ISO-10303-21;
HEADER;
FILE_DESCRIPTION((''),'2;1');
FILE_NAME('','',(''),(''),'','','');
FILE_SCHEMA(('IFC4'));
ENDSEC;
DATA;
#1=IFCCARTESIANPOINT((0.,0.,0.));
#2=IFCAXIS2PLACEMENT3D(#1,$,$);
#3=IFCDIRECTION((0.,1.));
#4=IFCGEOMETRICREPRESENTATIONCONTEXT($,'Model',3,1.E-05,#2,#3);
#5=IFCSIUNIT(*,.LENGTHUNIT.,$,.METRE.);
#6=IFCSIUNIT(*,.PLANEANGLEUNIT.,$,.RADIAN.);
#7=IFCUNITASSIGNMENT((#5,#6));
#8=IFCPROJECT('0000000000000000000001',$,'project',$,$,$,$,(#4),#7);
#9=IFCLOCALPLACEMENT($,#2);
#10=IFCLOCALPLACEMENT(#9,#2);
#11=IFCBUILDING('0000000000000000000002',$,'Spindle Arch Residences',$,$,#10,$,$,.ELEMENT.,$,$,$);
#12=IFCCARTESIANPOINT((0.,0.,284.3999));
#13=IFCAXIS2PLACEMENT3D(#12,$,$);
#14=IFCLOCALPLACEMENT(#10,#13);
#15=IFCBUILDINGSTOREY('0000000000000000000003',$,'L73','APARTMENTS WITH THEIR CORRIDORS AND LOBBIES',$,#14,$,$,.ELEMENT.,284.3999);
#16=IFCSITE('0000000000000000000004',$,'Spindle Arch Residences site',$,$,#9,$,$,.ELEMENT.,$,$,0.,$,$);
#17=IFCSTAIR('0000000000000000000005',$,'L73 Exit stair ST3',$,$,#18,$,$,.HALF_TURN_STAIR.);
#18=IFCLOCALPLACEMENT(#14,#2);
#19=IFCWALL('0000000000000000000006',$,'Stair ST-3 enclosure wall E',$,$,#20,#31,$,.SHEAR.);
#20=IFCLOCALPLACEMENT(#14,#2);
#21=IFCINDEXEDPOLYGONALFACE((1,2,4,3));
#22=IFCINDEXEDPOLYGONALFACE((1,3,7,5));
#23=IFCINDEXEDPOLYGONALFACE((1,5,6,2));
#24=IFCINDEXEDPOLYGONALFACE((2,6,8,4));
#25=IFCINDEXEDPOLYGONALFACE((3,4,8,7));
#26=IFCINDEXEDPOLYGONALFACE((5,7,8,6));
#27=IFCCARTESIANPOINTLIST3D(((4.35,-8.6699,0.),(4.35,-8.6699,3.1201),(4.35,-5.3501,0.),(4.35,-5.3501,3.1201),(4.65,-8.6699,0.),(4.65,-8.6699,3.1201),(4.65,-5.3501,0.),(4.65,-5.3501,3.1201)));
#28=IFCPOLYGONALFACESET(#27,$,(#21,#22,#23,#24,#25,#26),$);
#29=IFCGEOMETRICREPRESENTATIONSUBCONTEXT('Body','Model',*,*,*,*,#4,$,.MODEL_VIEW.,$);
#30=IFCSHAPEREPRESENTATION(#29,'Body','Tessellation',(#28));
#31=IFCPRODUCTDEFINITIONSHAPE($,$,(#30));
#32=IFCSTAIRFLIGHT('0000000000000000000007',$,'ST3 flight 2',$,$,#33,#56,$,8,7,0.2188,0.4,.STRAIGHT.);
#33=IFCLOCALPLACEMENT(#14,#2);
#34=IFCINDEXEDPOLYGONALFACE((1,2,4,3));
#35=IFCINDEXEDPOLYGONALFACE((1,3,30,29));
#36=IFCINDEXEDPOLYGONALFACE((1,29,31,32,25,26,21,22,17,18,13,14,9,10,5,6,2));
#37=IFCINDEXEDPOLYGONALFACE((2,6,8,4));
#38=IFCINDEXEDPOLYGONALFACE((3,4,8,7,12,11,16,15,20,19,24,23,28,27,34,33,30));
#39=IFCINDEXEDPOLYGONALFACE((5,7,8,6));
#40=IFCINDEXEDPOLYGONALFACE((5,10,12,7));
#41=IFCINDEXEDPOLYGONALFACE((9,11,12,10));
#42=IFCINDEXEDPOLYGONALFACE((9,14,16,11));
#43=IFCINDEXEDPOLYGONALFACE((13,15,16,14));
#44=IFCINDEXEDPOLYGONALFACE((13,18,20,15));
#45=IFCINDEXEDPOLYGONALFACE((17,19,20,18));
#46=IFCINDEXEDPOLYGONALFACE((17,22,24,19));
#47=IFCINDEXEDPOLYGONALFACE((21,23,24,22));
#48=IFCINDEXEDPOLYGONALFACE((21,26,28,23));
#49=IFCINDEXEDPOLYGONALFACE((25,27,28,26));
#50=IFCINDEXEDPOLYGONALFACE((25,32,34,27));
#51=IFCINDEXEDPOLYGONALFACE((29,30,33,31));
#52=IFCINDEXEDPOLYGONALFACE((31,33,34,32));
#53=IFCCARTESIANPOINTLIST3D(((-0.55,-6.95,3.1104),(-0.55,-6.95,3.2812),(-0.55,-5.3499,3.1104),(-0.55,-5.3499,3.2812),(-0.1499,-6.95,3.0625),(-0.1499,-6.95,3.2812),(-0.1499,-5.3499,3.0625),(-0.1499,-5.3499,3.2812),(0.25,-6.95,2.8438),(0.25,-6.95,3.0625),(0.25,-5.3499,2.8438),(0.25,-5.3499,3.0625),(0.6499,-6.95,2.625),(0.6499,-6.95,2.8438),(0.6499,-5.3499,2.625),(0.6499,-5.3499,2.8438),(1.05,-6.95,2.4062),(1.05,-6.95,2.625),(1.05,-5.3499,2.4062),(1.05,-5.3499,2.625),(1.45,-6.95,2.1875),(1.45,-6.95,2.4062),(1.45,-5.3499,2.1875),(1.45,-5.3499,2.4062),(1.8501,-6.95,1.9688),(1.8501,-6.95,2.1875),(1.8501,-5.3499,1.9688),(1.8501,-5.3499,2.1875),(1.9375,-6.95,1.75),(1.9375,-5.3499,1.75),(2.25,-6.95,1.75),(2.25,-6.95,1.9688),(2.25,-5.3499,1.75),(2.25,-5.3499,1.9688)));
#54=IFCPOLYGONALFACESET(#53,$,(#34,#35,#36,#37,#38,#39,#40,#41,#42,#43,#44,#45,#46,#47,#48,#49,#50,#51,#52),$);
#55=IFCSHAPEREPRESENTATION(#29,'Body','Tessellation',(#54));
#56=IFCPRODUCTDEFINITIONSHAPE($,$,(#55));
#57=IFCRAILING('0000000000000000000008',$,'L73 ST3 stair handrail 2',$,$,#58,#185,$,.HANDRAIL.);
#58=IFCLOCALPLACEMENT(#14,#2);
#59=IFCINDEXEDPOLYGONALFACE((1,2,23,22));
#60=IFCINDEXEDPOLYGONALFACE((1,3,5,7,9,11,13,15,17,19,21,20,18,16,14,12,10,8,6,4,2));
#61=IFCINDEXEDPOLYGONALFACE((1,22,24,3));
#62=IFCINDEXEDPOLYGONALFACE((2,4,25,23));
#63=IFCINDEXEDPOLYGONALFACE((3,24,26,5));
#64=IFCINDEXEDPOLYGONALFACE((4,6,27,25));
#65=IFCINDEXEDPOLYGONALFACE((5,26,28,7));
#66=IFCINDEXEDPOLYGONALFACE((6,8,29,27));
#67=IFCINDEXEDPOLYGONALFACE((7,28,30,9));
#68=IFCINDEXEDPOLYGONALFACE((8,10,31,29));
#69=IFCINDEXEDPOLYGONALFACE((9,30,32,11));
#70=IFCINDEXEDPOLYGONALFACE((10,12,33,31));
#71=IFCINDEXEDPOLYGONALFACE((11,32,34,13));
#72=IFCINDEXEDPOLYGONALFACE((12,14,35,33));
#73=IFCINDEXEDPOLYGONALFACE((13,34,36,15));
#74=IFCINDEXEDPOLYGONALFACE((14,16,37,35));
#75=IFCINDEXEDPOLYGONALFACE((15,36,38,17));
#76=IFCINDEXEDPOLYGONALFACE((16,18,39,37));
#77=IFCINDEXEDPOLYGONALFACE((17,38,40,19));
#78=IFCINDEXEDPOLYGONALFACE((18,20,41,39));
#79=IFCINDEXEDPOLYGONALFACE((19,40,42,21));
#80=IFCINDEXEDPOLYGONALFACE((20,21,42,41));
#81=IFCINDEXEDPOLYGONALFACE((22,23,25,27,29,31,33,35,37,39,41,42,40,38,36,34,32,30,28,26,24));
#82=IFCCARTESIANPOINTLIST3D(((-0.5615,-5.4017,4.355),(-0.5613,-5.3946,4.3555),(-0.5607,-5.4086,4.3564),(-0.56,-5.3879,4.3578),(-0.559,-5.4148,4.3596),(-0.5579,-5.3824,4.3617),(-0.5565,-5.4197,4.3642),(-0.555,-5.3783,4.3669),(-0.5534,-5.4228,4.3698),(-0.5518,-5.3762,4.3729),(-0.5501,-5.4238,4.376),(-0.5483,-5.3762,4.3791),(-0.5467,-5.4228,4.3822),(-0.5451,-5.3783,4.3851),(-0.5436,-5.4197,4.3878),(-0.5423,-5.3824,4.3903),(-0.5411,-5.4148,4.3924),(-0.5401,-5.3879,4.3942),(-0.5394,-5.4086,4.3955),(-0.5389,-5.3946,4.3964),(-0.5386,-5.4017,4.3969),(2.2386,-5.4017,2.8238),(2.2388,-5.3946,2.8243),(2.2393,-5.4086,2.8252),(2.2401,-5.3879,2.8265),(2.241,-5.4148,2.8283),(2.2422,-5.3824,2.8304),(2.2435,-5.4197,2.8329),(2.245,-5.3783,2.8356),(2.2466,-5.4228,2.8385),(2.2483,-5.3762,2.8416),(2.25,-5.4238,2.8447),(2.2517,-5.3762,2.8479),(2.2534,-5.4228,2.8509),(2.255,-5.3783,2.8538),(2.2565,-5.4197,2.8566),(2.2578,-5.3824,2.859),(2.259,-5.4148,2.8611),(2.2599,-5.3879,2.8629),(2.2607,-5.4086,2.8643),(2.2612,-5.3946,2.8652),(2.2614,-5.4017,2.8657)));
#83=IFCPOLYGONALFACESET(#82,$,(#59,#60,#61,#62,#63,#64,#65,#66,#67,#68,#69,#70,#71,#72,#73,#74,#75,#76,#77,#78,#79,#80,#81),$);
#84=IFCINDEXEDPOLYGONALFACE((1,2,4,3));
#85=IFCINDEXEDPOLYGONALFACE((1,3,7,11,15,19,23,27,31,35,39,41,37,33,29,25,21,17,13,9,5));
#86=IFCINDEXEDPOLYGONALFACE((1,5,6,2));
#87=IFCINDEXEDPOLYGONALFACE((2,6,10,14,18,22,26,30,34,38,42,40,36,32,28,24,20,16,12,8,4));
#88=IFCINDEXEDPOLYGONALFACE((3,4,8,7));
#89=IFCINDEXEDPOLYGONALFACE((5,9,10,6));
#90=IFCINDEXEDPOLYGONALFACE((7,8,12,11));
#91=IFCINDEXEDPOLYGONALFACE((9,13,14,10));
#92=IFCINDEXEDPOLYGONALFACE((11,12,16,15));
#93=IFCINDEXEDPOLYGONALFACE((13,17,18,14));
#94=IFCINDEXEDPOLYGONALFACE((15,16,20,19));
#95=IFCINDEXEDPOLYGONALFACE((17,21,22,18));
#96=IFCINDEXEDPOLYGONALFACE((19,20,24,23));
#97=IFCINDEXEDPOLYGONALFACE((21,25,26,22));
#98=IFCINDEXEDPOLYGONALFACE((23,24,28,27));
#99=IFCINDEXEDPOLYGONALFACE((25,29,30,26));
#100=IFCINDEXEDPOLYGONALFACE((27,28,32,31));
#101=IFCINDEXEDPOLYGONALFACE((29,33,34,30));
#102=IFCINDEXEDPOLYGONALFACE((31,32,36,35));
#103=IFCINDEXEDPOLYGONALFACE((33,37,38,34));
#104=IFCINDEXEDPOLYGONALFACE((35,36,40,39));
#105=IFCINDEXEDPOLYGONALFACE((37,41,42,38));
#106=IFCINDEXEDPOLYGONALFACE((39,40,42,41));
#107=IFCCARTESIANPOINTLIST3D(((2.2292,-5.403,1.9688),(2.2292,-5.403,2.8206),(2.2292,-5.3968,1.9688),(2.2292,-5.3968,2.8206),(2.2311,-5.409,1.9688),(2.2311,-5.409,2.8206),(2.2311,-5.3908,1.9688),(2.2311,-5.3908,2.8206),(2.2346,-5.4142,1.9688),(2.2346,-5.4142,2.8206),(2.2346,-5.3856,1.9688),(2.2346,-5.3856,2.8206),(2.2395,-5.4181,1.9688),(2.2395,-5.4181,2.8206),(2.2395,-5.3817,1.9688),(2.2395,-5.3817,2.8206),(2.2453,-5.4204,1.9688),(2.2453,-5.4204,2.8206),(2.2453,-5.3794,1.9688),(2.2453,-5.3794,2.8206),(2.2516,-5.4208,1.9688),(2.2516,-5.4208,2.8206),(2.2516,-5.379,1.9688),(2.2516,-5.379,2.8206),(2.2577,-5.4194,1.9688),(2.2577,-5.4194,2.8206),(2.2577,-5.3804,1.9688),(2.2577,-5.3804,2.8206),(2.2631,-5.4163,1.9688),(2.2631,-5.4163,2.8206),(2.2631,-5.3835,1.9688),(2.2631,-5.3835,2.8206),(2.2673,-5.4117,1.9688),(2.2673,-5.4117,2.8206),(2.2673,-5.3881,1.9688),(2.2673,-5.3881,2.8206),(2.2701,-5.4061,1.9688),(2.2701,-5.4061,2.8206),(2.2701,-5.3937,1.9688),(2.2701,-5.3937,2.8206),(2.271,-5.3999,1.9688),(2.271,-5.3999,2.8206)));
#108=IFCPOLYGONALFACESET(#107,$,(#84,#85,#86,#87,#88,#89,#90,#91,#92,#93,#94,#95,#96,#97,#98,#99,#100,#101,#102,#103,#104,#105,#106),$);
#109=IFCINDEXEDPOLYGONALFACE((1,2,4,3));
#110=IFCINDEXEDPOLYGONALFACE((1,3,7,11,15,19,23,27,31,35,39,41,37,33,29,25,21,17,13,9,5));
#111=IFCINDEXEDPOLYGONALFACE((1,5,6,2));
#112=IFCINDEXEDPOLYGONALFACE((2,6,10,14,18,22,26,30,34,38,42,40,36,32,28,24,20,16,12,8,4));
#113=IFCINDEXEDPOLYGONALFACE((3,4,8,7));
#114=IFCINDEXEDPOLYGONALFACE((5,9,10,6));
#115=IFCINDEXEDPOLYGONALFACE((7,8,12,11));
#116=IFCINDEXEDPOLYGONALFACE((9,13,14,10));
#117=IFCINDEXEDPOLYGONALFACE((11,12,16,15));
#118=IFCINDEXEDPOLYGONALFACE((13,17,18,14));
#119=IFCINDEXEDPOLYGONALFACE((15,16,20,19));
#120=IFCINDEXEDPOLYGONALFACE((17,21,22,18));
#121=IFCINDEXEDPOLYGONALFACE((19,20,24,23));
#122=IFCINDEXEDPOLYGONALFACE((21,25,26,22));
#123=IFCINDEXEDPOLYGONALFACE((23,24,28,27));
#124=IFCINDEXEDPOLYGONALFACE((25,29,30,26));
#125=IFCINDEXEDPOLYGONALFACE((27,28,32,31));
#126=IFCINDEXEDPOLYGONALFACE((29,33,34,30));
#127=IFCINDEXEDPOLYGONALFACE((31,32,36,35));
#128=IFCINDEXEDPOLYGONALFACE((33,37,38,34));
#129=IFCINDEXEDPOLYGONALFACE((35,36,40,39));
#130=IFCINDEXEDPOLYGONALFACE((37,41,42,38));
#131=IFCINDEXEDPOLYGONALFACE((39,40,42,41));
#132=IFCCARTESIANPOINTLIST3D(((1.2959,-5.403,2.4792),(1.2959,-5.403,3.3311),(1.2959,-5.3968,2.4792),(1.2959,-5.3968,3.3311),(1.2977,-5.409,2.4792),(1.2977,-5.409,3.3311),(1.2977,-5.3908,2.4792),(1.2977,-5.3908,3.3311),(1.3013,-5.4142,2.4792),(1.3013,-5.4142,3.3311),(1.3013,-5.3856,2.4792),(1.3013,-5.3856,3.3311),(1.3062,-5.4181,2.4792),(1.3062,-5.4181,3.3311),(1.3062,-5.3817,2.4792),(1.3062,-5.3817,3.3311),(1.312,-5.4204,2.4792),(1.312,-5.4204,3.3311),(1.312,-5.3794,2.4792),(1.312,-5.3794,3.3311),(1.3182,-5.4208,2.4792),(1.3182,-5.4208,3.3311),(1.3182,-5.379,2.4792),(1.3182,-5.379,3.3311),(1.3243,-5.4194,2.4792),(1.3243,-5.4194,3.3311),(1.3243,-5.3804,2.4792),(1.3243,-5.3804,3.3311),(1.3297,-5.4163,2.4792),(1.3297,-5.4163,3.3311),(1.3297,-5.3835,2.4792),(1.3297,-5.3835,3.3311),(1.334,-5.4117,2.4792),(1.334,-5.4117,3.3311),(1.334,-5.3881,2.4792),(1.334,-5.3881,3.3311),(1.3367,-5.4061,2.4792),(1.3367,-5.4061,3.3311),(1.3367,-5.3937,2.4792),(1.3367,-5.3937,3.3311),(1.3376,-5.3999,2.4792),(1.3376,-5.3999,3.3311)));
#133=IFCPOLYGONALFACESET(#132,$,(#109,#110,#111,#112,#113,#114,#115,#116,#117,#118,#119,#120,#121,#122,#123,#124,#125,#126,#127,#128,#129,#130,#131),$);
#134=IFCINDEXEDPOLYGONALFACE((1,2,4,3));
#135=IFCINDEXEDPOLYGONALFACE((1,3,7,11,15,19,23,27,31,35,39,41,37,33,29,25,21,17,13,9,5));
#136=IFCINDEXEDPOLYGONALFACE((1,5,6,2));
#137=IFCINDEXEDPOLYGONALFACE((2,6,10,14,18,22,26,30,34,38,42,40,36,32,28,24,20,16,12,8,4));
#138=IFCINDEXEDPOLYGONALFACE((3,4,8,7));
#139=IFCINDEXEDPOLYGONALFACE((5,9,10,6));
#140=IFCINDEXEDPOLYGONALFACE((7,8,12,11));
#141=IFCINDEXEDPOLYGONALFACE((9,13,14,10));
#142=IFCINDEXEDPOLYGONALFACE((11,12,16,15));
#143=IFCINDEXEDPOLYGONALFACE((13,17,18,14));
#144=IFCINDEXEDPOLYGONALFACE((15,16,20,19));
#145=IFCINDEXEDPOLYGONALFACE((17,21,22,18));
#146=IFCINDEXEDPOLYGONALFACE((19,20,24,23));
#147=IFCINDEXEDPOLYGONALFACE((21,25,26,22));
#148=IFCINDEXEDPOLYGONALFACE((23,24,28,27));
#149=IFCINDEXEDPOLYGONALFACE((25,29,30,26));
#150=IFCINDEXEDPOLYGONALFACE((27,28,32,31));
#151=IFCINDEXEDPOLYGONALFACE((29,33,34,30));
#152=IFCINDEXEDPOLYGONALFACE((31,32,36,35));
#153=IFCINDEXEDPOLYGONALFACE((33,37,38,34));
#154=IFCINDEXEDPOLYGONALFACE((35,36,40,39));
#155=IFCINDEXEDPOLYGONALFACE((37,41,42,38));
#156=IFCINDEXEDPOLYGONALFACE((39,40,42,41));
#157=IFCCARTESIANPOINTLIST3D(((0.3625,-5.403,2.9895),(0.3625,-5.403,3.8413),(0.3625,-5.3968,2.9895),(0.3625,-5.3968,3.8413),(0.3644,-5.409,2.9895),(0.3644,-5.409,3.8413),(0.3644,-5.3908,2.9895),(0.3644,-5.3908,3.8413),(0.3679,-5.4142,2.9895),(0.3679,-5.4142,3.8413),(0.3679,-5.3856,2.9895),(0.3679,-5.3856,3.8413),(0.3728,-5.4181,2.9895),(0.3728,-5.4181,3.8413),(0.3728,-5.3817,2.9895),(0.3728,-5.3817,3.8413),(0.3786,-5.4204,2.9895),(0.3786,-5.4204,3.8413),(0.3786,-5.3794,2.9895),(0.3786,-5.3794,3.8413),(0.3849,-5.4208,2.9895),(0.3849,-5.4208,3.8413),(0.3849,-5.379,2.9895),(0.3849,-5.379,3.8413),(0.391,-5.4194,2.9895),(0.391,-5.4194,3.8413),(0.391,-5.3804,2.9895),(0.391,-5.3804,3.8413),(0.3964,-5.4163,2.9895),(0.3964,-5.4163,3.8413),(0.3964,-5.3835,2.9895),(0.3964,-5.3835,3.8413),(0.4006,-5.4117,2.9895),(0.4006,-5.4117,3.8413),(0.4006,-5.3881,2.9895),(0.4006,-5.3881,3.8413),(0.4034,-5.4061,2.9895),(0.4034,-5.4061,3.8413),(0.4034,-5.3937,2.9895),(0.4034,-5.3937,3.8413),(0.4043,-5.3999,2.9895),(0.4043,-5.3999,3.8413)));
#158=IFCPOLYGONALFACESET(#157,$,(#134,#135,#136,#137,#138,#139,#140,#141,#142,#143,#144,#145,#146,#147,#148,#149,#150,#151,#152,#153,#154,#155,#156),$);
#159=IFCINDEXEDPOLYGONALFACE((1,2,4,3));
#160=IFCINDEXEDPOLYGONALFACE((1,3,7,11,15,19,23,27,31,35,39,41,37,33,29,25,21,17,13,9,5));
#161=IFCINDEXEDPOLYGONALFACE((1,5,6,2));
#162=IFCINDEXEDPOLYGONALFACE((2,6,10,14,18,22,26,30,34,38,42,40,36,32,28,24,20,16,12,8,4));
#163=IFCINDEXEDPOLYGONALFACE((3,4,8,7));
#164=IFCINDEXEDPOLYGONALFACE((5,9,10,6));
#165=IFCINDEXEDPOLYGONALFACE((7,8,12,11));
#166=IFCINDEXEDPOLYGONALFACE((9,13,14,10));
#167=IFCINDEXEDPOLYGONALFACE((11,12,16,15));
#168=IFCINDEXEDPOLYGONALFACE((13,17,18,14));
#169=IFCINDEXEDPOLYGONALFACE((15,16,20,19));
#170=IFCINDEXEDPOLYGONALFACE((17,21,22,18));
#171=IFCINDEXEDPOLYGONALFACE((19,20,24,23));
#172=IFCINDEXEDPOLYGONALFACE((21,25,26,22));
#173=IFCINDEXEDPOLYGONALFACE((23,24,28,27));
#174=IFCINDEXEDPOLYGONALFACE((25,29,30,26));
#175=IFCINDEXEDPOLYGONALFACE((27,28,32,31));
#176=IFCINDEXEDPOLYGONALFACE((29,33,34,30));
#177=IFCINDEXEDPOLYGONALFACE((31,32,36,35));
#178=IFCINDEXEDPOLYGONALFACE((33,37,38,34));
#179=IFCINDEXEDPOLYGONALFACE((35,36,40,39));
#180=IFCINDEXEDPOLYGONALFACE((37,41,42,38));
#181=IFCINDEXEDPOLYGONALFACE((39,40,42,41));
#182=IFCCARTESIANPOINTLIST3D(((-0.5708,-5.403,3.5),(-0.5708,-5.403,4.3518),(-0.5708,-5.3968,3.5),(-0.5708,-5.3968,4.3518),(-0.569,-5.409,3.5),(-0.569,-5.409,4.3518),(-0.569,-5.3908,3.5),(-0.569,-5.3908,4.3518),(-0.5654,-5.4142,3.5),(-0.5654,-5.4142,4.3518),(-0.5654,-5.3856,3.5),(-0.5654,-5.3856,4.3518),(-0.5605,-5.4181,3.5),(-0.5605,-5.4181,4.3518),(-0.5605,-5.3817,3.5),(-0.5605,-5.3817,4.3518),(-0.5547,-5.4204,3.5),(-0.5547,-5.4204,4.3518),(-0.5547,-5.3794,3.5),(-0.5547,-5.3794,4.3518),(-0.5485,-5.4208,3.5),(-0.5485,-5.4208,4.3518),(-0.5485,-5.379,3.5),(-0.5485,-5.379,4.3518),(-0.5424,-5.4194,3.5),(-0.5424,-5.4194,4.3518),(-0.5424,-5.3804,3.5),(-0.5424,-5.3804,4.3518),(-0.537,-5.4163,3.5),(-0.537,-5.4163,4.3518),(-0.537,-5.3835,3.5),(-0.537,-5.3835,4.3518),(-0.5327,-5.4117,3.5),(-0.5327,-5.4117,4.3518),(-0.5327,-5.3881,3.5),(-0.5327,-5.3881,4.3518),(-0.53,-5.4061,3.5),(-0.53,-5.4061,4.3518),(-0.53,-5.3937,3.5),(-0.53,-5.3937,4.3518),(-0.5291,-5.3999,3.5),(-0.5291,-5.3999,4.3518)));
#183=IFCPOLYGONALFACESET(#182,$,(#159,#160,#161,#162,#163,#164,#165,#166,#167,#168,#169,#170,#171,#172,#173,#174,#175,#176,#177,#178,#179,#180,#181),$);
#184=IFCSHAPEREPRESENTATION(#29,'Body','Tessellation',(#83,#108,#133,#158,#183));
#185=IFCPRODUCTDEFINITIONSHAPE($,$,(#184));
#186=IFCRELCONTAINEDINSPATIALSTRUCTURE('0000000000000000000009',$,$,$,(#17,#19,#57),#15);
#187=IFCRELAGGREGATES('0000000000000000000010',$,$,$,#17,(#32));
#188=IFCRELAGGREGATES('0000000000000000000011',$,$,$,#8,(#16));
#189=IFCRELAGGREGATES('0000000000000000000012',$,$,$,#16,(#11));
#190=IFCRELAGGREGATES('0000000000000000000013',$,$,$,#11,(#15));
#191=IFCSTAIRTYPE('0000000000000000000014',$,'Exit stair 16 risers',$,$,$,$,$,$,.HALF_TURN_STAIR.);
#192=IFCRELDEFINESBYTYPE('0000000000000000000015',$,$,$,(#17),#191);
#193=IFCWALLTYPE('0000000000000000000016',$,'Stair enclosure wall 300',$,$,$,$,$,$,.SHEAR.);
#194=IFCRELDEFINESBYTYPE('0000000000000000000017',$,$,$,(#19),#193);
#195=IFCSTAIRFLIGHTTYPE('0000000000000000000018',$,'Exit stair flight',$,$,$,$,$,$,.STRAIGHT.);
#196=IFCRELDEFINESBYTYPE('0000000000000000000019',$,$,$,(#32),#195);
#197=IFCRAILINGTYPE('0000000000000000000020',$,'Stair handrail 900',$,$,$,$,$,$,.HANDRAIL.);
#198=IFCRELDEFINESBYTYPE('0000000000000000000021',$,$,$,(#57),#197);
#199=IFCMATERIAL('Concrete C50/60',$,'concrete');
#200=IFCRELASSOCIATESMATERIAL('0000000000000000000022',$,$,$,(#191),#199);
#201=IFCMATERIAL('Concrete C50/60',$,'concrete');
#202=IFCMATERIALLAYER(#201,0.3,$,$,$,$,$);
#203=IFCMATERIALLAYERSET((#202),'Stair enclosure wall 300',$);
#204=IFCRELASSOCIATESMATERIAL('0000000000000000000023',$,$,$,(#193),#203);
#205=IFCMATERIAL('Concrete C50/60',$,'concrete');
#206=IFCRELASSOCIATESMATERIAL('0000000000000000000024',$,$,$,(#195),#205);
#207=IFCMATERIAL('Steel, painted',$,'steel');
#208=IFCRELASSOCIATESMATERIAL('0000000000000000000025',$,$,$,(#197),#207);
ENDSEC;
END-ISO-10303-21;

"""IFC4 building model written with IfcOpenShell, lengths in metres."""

from ifc_helpers import new_model, si_unit, direction, frame, frame_2d, origin, origin_2d, place, context, subcontext, project, spatial, polyline, rectangle, circle, outline, extrude, material, layer, layer_set, type_object, element, aggregate, save


model = new_model("IFC4")

# Units and contexts
model_context = context("Model", 3, precision=1e-05, world=origin(), true_north=direction((0.0, 1.0)))
body_context = subcontext(model_context, "Body", "Model", "MODEL_VIEW")
ifc_project = project(units=[si_unit("LENGTHUNIT", "METRE"), si_unit("PLANEANGLEUNIT", "RADIAN")], contexts=[model_context])

# Site, building, storey
site_placement = place(None, origin())
site = spatial("IfcSite", under=ifc_project, at=site_placement, Name="Spindle Arch Residences site", CompositionType="ELEMENT", RefElevation=0.0)
building_placement = place(site_placement, origin())
building = spatial("IfcBuilding", under=site, at=building_placement, Name="Spindle Arch Residences", CompositionType="ELEMENT")
storey_placement = place(building_placement, frame((0.0, 0.0, 284.3999)))
storey = spatial("IfcBuildingStorey", under=building, at=storey_placement, Name="L73", Description="APARTMENTS WITH THEIR CORRIDORS AND LOBBIES", CompositionType="ELEMENT", Elevation=284.3999)

# Stair
ifc_material_1 = material(Name="Concrete C50/60", Category="concrete")
stair_type = type_object("IfcStairType", Name="Exit stair 16 risers", PredefinedType="HALF_TURN_STAIR", material=ifc_material_1)
stair_1_placement = place(storey_placement, origin())
stair_1 = element("IfcStair", 1, at=stair_1_placement, inside=storey, type_object=stair_type, Name="L73 Exit stair ST3", PredefinedType="HALF_TURN_STAIR")

# Wall
ifc_material_2 = material(Name="Concrete C50/60", Category="concrete")
ifc_layer_1 = layer(ifc_material_2, 0.3)
ifc_layer_set_1 = layer_set([ifc_layer_1], Name="Stair enclosure wall 300")
wall_type_1 = type_object("IfcWallType", Name="Stair enclosure wall 300", PredefinedType="SHEAR", material=ifc_layer_set_1)
wall_1_placement = place(storey_placement, frame((4.5, -8.6699, 0.0), z_axis=(0.0, 0.0, 1.0), x_axis=(0.0, 1.0, 0.0)))
element("IfcWall", 2, at=wall_1_placement, inside=storey, type_object=wall_type_1, Name="Stair ST-3 enclosure wall E", PredefinedType="SHEAR", context=body_context, shape_type="SweptSolid", body=[
    extrude(rectangle(XDim=3.3198, YDim=0.3, at=frame_2d((1.6599, 0.0))), origin(), (0.0, 0.0, 1.0), 3.1201),
])

# Stair flight
ifc_material_3 = material(Name="Concrete C50/60", Category="concrete")
stair_flight_type = type_object("IfcStairFlightType", Name="Exit stair flight", PredefinedType="STRAIGHT", material=ifc_material_3)
stair_flight_placement = place(storey_placement, frame((2.25, -6.1499, 1.75), z_axis=(0.0, 0.0, 1.0), x_axis=(-1.0, 0.0, 0.0)))
stair_flight = element("IfcStairFlight", 3, at=stair_flight_placement, type_object=stair_flight_type, Name="ST3 flight 2", NumberOfRisers=8, NumberOfTreads=7, PredefinedType="STRAIGHT", RiserHeight=0.2188, TreadLength=0.4, context=body_context, shape_type="SweptSolid", body=[
    extrude(outline(polyline([(0.0, 0.0), (0.0, 0.2188), (0.3999, 0.2188), (0.3999, 0.4375), (0.8, 0.4375), (0.8, 0.6562), (1.2, 0.6562), (1.2, 0.875), (1.6001, 0.875), (1.6001, 1.0938), (2.0, 1.0938), (2.0, 1.3125), (2.3999, 1.3125), (2.3999, 1.5312), (2.8, 1.5312), (2.8, 1.75), (2.8, 1.3604), (0.3125, 0.0), (0.0, 0.0)])), frame((0.0, 0.8, 0.0), z_axis=(0.0, -1.0, 0.0), x_axis=(1.0, 0.0, 0.0)), (0.0, 0.0, 1.0), 1.6001),
])
aggregate(stair_1, [stair_flight])

# Railing
ifc_material_4 = material(Name="Steel, painted", Category="steel")
railing_type_1 = type_object("IfcRailingType", Name="Stair handrail 900", PredefinedType="HANDRAIL", material=ifc_material_4)
railing_1_placement = place(storey_placement, frame((2.25, -5.3999, 1.9688)))
element("IfcRailing", 4, at=railing_1_placement, inside=storey, type_object=railing_type_1, Name="L73 ST3 stair handrail 2", PredefinedType="HANDRAIL", context=body_context, shape_type="SweptSolid", body=[
    extrude(circle(Radius=0.0239, at=origin_2d()), frame((0.0, 0.0, 0.876), z_axis=(-0.877375, 0.0, 0.479806), x_axis=(0.0, -1.0, 0.0)), (0.0, 0.0, 1.0), 3.1914),
    extrude(circle(Radius=0.021, at=origin_2d()), origin(), (0.0, 0.0, 1.0), 0.8518),
    extrude(circle(Radius=0.021, at=origin_2d()), frame((-0.9333, 0.0, 0.5105)), (0.0, 0.0, 1.0), 0.8518),
    extrude(circle(Radius=0.021, at=origin_2d()), frame((-1.8667, 0.0, 1.0208)), (0.0, 0.0, 1.0), 0.8518),
    extrude(circle(Radius=0.021, at=origin_2d()), frame((-2.8, 0.0, 1.5312)), (0.0, 0.0, 1.0), 0.8518),
])

save(model, "model.ifc")
